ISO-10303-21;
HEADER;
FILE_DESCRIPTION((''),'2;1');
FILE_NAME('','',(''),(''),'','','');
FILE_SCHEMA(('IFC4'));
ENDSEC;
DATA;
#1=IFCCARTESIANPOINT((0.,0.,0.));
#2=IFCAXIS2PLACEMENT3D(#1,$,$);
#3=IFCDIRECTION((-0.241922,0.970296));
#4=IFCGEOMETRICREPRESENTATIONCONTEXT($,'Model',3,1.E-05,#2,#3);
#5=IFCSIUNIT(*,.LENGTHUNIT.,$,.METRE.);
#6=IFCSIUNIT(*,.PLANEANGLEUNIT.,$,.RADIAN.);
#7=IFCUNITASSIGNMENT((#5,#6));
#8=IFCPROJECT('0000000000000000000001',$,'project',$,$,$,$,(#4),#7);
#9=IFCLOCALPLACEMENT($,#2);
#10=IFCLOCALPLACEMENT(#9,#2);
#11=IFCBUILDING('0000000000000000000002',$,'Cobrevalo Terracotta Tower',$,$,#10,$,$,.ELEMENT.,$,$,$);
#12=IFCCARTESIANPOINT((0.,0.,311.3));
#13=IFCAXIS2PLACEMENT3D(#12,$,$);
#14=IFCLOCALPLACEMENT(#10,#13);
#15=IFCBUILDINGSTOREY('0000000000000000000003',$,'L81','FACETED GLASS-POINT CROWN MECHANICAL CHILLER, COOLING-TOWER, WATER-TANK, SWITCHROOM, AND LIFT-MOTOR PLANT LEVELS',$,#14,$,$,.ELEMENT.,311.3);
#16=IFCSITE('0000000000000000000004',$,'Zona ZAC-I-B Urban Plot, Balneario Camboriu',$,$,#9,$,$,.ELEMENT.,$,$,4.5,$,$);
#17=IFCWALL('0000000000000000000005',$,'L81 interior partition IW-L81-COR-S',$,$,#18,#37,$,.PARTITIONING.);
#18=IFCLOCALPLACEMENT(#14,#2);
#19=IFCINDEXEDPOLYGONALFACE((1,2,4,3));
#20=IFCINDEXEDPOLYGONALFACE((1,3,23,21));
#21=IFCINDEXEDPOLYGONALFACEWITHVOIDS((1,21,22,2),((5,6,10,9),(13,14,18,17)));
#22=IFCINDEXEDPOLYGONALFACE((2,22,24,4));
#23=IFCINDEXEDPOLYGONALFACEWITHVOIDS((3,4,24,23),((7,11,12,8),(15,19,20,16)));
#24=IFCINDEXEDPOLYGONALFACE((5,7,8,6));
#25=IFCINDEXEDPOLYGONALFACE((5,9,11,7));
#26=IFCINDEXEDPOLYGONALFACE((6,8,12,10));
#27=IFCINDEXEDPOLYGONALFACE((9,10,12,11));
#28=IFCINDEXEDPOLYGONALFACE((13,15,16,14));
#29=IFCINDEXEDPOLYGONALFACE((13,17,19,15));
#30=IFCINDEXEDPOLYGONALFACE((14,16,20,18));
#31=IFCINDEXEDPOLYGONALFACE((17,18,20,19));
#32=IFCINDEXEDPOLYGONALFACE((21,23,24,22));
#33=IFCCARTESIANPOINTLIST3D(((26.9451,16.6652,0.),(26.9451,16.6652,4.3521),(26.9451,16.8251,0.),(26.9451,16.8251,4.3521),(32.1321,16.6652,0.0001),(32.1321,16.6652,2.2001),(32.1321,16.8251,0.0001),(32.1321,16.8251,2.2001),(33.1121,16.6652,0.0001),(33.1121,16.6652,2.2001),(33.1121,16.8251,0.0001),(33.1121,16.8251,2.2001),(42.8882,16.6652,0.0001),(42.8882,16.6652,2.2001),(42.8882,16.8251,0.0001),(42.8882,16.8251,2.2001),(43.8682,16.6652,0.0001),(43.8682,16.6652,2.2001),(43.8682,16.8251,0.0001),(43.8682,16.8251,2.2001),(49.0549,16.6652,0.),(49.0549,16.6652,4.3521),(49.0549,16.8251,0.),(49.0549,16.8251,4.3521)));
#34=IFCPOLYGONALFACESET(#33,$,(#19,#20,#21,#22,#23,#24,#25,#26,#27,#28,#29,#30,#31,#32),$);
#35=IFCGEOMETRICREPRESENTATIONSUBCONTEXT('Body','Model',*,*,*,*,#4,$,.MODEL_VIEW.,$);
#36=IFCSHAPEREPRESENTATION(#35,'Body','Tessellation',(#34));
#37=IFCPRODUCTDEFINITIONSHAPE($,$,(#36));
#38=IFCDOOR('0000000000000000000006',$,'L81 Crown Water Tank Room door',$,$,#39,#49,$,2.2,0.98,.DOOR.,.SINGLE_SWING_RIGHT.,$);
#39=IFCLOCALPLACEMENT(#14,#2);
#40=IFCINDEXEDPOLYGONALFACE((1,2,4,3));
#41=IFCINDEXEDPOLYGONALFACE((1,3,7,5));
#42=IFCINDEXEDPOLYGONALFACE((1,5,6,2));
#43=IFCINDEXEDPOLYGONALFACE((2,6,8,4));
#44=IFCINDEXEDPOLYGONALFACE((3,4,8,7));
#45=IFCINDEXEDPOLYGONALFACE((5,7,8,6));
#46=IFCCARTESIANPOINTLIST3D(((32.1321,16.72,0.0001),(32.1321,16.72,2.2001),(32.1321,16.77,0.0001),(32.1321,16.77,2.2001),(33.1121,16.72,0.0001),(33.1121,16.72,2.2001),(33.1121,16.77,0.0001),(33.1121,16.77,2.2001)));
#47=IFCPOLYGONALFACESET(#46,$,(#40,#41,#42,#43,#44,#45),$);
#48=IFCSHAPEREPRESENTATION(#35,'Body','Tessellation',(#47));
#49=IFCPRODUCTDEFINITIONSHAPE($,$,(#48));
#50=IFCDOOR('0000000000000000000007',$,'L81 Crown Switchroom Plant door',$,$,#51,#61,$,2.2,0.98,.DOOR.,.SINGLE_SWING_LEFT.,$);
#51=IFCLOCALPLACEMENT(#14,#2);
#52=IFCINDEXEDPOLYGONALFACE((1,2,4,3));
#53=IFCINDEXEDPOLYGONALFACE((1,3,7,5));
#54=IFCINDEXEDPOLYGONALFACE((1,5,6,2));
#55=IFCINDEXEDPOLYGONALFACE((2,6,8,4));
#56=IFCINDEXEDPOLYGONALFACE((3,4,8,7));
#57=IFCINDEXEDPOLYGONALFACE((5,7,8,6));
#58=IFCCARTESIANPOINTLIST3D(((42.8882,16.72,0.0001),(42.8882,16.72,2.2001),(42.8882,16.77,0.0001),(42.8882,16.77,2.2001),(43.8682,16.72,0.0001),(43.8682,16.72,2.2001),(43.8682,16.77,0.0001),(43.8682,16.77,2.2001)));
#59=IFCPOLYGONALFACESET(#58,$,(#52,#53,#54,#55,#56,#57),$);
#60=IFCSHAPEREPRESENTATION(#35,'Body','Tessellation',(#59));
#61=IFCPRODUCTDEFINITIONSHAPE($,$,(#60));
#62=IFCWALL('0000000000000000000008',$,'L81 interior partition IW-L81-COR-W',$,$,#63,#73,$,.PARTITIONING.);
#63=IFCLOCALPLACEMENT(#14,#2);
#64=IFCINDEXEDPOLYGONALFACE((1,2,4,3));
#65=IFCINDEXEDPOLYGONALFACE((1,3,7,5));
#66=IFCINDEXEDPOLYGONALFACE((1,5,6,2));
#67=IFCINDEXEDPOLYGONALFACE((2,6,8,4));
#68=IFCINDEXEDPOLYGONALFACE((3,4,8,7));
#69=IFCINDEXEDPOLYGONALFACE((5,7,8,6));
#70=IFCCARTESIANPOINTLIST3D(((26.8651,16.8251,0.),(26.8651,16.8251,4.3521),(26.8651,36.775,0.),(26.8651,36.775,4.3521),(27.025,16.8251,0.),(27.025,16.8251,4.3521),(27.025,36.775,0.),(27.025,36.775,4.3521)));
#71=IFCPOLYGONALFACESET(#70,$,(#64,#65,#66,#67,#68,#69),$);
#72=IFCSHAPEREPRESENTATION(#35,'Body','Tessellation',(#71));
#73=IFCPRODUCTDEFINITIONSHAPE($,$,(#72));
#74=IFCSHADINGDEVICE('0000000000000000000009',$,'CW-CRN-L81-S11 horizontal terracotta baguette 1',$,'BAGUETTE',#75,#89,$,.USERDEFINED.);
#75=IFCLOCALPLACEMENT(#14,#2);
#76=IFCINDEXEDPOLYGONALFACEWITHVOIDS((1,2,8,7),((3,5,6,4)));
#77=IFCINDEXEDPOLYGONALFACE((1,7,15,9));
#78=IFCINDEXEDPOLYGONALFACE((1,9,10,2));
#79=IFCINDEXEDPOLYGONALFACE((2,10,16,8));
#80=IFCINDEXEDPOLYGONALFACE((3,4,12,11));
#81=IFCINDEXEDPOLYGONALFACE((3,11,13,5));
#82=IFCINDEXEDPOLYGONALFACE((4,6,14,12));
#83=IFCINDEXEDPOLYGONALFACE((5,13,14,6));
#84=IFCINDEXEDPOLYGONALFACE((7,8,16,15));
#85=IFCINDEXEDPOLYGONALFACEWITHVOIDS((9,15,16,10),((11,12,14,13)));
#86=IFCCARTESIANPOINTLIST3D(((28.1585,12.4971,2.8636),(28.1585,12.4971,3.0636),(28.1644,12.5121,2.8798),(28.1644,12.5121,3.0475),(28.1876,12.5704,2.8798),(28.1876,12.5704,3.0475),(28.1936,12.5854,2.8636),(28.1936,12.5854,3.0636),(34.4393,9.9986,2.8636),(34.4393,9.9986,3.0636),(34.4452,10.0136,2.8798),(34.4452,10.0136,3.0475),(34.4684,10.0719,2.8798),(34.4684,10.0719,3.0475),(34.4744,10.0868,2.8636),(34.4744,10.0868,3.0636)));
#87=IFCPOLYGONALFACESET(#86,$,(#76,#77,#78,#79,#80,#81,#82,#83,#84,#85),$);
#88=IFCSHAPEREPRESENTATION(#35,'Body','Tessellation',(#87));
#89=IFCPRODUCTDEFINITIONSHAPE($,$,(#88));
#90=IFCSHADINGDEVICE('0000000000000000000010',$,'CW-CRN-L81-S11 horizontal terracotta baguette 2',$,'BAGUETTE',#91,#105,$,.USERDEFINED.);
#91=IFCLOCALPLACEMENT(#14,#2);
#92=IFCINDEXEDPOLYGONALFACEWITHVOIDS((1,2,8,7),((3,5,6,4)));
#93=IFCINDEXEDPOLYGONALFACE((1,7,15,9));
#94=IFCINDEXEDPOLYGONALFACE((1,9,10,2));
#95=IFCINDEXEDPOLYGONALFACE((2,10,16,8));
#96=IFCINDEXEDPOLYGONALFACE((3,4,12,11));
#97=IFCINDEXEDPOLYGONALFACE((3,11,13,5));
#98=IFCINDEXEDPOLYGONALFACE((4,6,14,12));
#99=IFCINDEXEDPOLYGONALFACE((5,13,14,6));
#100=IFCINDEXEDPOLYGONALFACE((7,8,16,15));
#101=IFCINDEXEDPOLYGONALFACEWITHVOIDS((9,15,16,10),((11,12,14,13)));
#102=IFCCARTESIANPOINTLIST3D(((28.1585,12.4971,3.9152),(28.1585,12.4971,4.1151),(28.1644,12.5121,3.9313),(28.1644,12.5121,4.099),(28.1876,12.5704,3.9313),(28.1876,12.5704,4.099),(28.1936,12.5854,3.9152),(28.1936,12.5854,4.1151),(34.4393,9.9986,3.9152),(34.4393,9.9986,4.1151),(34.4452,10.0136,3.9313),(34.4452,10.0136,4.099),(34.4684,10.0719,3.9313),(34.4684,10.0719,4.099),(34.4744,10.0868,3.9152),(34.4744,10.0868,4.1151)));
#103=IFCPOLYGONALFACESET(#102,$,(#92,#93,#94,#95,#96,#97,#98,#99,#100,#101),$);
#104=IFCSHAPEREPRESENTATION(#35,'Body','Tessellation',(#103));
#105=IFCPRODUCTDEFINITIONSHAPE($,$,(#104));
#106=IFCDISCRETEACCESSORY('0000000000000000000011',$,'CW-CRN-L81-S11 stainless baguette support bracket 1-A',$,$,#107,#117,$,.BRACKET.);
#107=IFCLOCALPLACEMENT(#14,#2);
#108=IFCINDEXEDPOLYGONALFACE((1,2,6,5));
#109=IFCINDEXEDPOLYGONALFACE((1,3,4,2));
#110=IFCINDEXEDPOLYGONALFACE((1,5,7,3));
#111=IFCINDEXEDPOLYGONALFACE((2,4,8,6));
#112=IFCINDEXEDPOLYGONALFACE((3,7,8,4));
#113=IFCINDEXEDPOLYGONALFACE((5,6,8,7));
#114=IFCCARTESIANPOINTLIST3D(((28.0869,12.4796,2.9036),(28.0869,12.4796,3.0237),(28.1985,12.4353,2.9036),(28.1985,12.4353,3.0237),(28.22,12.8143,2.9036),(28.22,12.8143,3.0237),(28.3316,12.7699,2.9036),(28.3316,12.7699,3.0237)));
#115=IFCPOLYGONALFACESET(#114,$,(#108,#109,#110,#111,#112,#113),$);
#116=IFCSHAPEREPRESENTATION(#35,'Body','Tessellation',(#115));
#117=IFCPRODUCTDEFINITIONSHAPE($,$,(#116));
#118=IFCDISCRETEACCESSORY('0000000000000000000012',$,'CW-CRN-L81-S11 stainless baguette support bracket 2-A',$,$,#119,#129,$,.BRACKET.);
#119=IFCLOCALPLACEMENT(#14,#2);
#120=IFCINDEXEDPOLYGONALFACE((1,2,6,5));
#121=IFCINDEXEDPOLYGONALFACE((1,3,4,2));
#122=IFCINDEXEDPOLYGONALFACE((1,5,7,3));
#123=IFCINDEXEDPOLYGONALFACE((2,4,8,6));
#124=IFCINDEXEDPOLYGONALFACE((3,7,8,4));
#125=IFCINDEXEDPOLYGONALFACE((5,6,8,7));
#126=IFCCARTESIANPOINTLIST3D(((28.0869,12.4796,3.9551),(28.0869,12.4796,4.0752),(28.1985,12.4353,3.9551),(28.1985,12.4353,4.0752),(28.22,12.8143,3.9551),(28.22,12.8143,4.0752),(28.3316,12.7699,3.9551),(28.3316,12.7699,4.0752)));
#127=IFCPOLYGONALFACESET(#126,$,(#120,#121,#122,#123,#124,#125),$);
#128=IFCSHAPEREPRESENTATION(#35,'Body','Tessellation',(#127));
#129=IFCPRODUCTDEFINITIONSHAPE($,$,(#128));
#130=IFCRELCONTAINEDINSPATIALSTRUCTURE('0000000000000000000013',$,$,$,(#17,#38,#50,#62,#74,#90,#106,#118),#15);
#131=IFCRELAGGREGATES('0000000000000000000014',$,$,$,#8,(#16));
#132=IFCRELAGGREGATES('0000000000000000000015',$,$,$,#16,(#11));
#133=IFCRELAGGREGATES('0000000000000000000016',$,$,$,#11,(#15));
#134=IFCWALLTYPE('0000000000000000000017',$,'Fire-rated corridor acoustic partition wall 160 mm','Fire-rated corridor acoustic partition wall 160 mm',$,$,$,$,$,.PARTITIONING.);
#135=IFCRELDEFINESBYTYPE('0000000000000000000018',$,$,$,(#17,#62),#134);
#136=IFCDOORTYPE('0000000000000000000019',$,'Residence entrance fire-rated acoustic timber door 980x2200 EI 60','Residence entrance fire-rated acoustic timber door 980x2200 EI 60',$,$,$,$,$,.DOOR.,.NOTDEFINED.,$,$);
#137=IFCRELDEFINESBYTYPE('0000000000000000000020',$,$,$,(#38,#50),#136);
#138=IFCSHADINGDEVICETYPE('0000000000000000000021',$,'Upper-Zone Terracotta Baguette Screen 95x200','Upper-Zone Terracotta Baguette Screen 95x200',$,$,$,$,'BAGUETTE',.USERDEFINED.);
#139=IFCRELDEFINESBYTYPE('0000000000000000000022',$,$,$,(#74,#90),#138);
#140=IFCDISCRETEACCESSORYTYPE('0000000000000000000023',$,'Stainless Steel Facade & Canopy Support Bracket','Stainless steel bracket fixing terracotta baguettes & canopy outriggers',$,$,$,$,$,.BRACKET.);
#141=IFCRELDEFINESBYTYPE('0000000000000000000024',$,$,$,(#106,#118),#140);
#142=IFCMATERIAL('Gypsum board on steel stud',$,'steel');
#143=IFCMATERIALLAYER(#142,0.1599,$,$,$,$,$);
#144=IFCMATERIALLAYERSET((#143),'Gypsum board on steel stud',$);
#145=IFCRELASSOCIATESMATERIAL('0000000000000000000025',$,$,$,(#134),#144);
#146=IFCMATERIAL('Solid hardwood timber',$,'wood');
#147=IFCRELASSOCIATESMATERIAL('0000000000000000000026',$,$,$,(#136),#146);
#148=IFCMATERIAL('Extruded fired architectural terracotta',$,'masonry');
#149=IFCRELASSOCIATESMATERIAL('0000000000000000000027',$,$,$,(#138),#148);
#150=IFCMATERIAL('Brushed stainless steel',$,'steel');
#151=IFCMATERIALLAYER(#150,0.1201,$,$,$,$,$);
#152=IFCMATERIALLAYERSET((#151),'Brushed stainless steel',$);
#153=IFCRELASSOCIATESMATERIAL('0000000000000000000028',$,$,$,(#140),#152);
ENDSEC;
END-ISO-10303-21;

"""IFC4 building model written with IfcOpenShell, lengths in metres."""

from ifc_helpers import new_model, si_unit, direction, frame, frame_2d, origin, origin_2d, place, context, subcontext, project, spatial, rectangle, hollow_rectangle, extrude, source, transform, mapped, material, layer, layer_set, material_profile, profile_set, type_object, element, fill, save


model = new_model("IFC4")

# Units and contexts
model_context = context("Model", 3, precision=1e-05, world=origin(), true_north=direction((-0.241922, 0.970296)))
body_context = subcontext(model_context, "Body", "Model", "MODEL_VIEW")
ifc_project = project(units=[si_unit("LENGTHUNIT", "METRE"), si_unit("PLANEANGLEUNIT", "RADIAN")], contexts=[model_context])

# Site, building, storey
site_placement = place(None, origin())
site = spatial("IfcSite", under=ifc_project, at=site_placement, Name="Zona ZAC-I-B Urban Plot, Balneario Camboriu", CompositionType="ELEMENT", RefElevation=4.5)
building_placement = place(site_placement, origin())
building = spatial("IfcBuilding", under=site, at=building_placement, Name="Cobrevalo Terracotta Tower", CompositionType="ELEMENT")
storey_placement = place(building_placement, frame((0.0, 0.0, 311.3)))
storey = spatial("IfcBuildingStorey", under=building, at=storey_placement, Name="L81", Description="FACETED GLASS-POINT CROWN MECHANICAL CHILLER, COOLING-TOWER, WATER-TANK, SWITCHROOM, AND LIFT-MOTOR PLANT LEVELS", CompositionType="ELEMENT", Elevation=311.3)

# Wall, openings, doors
ifc_material_1 = material(Name="Gypsum board on steel stud", Category="steel")
ifc_layer_1 = layer(ifc_material_1, 0.1599)
ifc_layer_set_1 = layer_set([ifc_layer_1], Name="Gypsum board on steel stud")
wall_type = type_object("IfcWallType", Name="Fire-rated corridor acoustic partition wall 160 mm", Description="Fire-rated corridor acoustic partition wall 160 mm", PredefinedType="PARTITIONING", material=ifc_layer_set_1)
wall_1_placement = place(storey_placement, frame((26.9451, 16.7451, 0.0), z_axis=(0.0, 0.0, 1.0), x_axis=(1.0, 0.0, 0.0)))
wall_1 = element("IfcWall", 1, at=wall_1_placement, inside=storey, type_object=wall_type, Name="L81 interior partition IW-L81-COR-S", PredefinedType="PARTITIONING", context=body_context, shape_type="SweptSolid", body=[
    extrude(rectangle(XDim=22.1099, YDim=0.1599, at=frame_2d((11.0549, 0.0))), origin(), (0.0, 0.0, 1.0), 4.3521),
])
opening_1_placement = place(wall_1_placement, frame((5.187, 0.0, 0.0)))
opening_1 = element("IfcOpeningElement", 2, at=opening_1_placement, cuts=wall_1, PredefinedType="OPENING", context=body_context, shape_type="SweptSolid", body=[
    extrude(rectangle(XDim=0.98, YDim=2.2, at=frame_2d((0.49, 1.1001))), frame((0.0, 0.0898, 0.0), z_axis=(0.0, -1.0, 0.0), x_axis=(1.0, 0.0, 0.0)), (0.0, 0.0, 1.0), 0.1799),
])
opening_2_placement = place(wall_1_placement, frame((15.9431, 0.0, 0.0)))
opening_2 = element("IfcOpeningElement", 3, at=opening_2_placement, cuts=wall_1, PredefinedType="OPENING", context=body_context, shape_type="SweptSolid", body=[
    extrude(rectangle(XDim=0.98, YDim=2.2, at=frame_2d((0.49, 1.1001))), frame((0.0, 0.0898, 0.0), z_axis=(0.0, -1.0, 0.0), x_axis=(1.0, 0.0, 0.0)), (0.0, 0.0, 1.0), 0.1799),
])
ifc_material_2 = material(Name="Solid hardwood timber", Category="wood")
door_type = type_object("IfcDoorType", Name="Residence entrance fire-rated acoustic timber door 980x2200 EI 60", Description="Residence entrance fire-rated acoustic timber door 980x2200 EI 60", OperationType="NOTDEFINED", PredefinedType="DOOR", material=ifc_material_2)
shared_shape_1 = source(origin(), body_context, "Body", "SweptSolid", [
    extrude(rectangle(XDim=0.98, YDim=2.2, at=frame_2d((0.49, 1.1001))), frame((0.0, 0.0249, 0.0), z_axis=(0.0, -1.0, 0.0), x_axis=(1.0, 0.0, 0.0)), (0.0, 0.0, 1.0), 0.05),
])
door_1_placement = place(opening_1_placement, origin())
door_1 = element("IfcDoor", 4, at=door_1_placement, inside=storey, type_object=door_type, Name="L81 Crown Water Tank Room door", OperationType="SINGLE_SWING_RIGHT", OverallHeight=2.2, OverallWidth=0.98, PredefinedType="DOOR", context=body_context, shape_type="MappedRepresentation", body=[
    mapped(shared_shape_1, transform((0.0, 0.0, 0.0), scale=1.0)),
])
fill(opening_1, door_1)
door_2_placement = place(opening_2_placement, origin())
door_2 = element("IfcDoor", 5, at=door_2_placement, inside=storey, type_object=door_type, Name="L81 Crown Switchroom Plant door", OperationType="SINGLE_SWING_LEFT", OverallHeight=2.2, OverallWidth=0.98, PredefinedType="DOOR", context=body_context, shape_type="MappedRepresentation", body=[
    mapped(shared_shape_1, transform((0.0, 0.0, 0.0), scale=1.0)),
])
fill(opening_2, door_2)

# Wall
wall_2_placement = place(storey_placement, frame((26.9451, 16.825, 0.0), z_axis=(0.0, 0.0, 1.0), x_axis=(0.0, 1.0, 0.0)))
element("IfcWall", 6, at=wall_2_placement, inside=storey, type_object=wall_type, Name="L81 interior partition IW-L81-COR-W", PredefinedType="PARTITIONING", context=body_context, shape_type="SweptSolid", body=[
    extrude(rectangle(XDim=19.95, YDim=0.1599, at=frame_2d((9.9751, 0.0))), origin(), (0.0, 0.0, 1.0), 4.3521),
])

# Shading devices
ifc_material_3 = material(Name="Extruded fired architectural terracotta", Category="masonry")
ifc_material_profile_1 = material_profile(ifc_material_3, hollow_rectangle(XDim=0.095, YDim=0.2, WallThickness=0.0161, at=origin_2d()), Name="BAGUETTE 95x200")
ifc_profile_set_1 = profile_set([ifc_material_profile_1], Name="Extruded fired architectural terracotta")
shading_device_type = type_object("IfcShadingDeviceType", Name="Upper-Zone Terracotta Baguette Screen 95x200", Description="Upper-Zone Terracotta Baguette Screen 95x200", ElementType="BAGUETTE", PredefinedType="USERDEFINED", material=ifc_profile_set_1)
shared_shape_2 = source(origin(), body_context, "Body", "SweptSolid", [
    extrude(hollow_rectangle(XDim=0.095, YDim=0.2, WallThickness=0.0161, at=origin_2d()), origin(), (0.0, 0.0, 1.0), 6.7595),
])
for number, where, z_axis, x_axis, name in (
    (7, (28.176, 12.5413, 2.9636), (0.929177, -0.369634, 0.0), (0.369634, 0.929177, 0.0), "CW-CRN-L81-S11 horizontal terracotta baguette 1"),
    (8, (28.176, 12.5413, 4.0151), (0.929177, -0.369634, 0.0), (0.369634, 0.929177, 0.0), "CW-CRN-L81-S11 horizontal terracotta baguette 2"),
):
    element("IfcShadingDevice", number, at=place(storey_placement, frame(where, z_axis=z_axis, x_axis=x_axis)), inside=storey, type_object=shading_device_type, Name=name, ObjectType="BAGUETTE", PredefinedType="USERDEFINED", context=body_context, shape_type="MappedRepresentation", body=[
        mapped(shared_shape_2, transform((0.0, 0.0, 0.0), scale=1.0)),
    ])

# Discrete accessories
ifc_material_4 = material(Name="Brushed stainless steel", Category="steel")
ifc_layer_2 = layer(ifc_material_4, 0.1201)
ifc_layer_set_2 = layer_set([ifc_layer_2], Name="Brushed stainless steel")
discrete_accessory_type = type_object("IfcDiscreteAccessoryType", Name="Stainless Steel Facade & Canopy Support Bracket", Description="Stainless steel bracket fixing terracotta baguettes & canopy outriggers", PredefinedType="BRACKET", material=ifc_layer_set_2)
shared_shape_3 = source(origin(), body_context, "Body", "SweptSolid", [
    extrude(rectangle(XDim=0.1201, YDim=0.3601, at=origin_2d()), origin(), (0.0, 0.0, 1.0), 0.1201),
])
for number, where, z_axis, x_axis, name in (
    (9, (28.2092, 12.6248, 2.9036), (0.0, 0.0, 1.0), (0.929191, -0.369601, 0.0), "CW-CRN-L81-S11 stainless baguette support bracket 1-A"),
    (10, (28.2092, 12.6248, 3.9551), (0.0, 0.0, 1.0), (0.929191, -0.369601, 0.0), "CW-CRN-L81-S11 stainless baguette support bracket 2-A"),
):
    element("IfcDiscreteAccessory", number, at=place(storey_placement, frame(where, z_axis=z_axis, x_axis=x_axis)), inside=storey, type_object=discrete_accessory_type, Name=name, PredefinedType="BRACKET", context=body_context, shape_type="MappedRepresentation", body=[
        mapped(shared_shape_3, transform((0.0, 0.0, 0.0), scale=1.0)),
    ])

save(model, "model.ifc")
